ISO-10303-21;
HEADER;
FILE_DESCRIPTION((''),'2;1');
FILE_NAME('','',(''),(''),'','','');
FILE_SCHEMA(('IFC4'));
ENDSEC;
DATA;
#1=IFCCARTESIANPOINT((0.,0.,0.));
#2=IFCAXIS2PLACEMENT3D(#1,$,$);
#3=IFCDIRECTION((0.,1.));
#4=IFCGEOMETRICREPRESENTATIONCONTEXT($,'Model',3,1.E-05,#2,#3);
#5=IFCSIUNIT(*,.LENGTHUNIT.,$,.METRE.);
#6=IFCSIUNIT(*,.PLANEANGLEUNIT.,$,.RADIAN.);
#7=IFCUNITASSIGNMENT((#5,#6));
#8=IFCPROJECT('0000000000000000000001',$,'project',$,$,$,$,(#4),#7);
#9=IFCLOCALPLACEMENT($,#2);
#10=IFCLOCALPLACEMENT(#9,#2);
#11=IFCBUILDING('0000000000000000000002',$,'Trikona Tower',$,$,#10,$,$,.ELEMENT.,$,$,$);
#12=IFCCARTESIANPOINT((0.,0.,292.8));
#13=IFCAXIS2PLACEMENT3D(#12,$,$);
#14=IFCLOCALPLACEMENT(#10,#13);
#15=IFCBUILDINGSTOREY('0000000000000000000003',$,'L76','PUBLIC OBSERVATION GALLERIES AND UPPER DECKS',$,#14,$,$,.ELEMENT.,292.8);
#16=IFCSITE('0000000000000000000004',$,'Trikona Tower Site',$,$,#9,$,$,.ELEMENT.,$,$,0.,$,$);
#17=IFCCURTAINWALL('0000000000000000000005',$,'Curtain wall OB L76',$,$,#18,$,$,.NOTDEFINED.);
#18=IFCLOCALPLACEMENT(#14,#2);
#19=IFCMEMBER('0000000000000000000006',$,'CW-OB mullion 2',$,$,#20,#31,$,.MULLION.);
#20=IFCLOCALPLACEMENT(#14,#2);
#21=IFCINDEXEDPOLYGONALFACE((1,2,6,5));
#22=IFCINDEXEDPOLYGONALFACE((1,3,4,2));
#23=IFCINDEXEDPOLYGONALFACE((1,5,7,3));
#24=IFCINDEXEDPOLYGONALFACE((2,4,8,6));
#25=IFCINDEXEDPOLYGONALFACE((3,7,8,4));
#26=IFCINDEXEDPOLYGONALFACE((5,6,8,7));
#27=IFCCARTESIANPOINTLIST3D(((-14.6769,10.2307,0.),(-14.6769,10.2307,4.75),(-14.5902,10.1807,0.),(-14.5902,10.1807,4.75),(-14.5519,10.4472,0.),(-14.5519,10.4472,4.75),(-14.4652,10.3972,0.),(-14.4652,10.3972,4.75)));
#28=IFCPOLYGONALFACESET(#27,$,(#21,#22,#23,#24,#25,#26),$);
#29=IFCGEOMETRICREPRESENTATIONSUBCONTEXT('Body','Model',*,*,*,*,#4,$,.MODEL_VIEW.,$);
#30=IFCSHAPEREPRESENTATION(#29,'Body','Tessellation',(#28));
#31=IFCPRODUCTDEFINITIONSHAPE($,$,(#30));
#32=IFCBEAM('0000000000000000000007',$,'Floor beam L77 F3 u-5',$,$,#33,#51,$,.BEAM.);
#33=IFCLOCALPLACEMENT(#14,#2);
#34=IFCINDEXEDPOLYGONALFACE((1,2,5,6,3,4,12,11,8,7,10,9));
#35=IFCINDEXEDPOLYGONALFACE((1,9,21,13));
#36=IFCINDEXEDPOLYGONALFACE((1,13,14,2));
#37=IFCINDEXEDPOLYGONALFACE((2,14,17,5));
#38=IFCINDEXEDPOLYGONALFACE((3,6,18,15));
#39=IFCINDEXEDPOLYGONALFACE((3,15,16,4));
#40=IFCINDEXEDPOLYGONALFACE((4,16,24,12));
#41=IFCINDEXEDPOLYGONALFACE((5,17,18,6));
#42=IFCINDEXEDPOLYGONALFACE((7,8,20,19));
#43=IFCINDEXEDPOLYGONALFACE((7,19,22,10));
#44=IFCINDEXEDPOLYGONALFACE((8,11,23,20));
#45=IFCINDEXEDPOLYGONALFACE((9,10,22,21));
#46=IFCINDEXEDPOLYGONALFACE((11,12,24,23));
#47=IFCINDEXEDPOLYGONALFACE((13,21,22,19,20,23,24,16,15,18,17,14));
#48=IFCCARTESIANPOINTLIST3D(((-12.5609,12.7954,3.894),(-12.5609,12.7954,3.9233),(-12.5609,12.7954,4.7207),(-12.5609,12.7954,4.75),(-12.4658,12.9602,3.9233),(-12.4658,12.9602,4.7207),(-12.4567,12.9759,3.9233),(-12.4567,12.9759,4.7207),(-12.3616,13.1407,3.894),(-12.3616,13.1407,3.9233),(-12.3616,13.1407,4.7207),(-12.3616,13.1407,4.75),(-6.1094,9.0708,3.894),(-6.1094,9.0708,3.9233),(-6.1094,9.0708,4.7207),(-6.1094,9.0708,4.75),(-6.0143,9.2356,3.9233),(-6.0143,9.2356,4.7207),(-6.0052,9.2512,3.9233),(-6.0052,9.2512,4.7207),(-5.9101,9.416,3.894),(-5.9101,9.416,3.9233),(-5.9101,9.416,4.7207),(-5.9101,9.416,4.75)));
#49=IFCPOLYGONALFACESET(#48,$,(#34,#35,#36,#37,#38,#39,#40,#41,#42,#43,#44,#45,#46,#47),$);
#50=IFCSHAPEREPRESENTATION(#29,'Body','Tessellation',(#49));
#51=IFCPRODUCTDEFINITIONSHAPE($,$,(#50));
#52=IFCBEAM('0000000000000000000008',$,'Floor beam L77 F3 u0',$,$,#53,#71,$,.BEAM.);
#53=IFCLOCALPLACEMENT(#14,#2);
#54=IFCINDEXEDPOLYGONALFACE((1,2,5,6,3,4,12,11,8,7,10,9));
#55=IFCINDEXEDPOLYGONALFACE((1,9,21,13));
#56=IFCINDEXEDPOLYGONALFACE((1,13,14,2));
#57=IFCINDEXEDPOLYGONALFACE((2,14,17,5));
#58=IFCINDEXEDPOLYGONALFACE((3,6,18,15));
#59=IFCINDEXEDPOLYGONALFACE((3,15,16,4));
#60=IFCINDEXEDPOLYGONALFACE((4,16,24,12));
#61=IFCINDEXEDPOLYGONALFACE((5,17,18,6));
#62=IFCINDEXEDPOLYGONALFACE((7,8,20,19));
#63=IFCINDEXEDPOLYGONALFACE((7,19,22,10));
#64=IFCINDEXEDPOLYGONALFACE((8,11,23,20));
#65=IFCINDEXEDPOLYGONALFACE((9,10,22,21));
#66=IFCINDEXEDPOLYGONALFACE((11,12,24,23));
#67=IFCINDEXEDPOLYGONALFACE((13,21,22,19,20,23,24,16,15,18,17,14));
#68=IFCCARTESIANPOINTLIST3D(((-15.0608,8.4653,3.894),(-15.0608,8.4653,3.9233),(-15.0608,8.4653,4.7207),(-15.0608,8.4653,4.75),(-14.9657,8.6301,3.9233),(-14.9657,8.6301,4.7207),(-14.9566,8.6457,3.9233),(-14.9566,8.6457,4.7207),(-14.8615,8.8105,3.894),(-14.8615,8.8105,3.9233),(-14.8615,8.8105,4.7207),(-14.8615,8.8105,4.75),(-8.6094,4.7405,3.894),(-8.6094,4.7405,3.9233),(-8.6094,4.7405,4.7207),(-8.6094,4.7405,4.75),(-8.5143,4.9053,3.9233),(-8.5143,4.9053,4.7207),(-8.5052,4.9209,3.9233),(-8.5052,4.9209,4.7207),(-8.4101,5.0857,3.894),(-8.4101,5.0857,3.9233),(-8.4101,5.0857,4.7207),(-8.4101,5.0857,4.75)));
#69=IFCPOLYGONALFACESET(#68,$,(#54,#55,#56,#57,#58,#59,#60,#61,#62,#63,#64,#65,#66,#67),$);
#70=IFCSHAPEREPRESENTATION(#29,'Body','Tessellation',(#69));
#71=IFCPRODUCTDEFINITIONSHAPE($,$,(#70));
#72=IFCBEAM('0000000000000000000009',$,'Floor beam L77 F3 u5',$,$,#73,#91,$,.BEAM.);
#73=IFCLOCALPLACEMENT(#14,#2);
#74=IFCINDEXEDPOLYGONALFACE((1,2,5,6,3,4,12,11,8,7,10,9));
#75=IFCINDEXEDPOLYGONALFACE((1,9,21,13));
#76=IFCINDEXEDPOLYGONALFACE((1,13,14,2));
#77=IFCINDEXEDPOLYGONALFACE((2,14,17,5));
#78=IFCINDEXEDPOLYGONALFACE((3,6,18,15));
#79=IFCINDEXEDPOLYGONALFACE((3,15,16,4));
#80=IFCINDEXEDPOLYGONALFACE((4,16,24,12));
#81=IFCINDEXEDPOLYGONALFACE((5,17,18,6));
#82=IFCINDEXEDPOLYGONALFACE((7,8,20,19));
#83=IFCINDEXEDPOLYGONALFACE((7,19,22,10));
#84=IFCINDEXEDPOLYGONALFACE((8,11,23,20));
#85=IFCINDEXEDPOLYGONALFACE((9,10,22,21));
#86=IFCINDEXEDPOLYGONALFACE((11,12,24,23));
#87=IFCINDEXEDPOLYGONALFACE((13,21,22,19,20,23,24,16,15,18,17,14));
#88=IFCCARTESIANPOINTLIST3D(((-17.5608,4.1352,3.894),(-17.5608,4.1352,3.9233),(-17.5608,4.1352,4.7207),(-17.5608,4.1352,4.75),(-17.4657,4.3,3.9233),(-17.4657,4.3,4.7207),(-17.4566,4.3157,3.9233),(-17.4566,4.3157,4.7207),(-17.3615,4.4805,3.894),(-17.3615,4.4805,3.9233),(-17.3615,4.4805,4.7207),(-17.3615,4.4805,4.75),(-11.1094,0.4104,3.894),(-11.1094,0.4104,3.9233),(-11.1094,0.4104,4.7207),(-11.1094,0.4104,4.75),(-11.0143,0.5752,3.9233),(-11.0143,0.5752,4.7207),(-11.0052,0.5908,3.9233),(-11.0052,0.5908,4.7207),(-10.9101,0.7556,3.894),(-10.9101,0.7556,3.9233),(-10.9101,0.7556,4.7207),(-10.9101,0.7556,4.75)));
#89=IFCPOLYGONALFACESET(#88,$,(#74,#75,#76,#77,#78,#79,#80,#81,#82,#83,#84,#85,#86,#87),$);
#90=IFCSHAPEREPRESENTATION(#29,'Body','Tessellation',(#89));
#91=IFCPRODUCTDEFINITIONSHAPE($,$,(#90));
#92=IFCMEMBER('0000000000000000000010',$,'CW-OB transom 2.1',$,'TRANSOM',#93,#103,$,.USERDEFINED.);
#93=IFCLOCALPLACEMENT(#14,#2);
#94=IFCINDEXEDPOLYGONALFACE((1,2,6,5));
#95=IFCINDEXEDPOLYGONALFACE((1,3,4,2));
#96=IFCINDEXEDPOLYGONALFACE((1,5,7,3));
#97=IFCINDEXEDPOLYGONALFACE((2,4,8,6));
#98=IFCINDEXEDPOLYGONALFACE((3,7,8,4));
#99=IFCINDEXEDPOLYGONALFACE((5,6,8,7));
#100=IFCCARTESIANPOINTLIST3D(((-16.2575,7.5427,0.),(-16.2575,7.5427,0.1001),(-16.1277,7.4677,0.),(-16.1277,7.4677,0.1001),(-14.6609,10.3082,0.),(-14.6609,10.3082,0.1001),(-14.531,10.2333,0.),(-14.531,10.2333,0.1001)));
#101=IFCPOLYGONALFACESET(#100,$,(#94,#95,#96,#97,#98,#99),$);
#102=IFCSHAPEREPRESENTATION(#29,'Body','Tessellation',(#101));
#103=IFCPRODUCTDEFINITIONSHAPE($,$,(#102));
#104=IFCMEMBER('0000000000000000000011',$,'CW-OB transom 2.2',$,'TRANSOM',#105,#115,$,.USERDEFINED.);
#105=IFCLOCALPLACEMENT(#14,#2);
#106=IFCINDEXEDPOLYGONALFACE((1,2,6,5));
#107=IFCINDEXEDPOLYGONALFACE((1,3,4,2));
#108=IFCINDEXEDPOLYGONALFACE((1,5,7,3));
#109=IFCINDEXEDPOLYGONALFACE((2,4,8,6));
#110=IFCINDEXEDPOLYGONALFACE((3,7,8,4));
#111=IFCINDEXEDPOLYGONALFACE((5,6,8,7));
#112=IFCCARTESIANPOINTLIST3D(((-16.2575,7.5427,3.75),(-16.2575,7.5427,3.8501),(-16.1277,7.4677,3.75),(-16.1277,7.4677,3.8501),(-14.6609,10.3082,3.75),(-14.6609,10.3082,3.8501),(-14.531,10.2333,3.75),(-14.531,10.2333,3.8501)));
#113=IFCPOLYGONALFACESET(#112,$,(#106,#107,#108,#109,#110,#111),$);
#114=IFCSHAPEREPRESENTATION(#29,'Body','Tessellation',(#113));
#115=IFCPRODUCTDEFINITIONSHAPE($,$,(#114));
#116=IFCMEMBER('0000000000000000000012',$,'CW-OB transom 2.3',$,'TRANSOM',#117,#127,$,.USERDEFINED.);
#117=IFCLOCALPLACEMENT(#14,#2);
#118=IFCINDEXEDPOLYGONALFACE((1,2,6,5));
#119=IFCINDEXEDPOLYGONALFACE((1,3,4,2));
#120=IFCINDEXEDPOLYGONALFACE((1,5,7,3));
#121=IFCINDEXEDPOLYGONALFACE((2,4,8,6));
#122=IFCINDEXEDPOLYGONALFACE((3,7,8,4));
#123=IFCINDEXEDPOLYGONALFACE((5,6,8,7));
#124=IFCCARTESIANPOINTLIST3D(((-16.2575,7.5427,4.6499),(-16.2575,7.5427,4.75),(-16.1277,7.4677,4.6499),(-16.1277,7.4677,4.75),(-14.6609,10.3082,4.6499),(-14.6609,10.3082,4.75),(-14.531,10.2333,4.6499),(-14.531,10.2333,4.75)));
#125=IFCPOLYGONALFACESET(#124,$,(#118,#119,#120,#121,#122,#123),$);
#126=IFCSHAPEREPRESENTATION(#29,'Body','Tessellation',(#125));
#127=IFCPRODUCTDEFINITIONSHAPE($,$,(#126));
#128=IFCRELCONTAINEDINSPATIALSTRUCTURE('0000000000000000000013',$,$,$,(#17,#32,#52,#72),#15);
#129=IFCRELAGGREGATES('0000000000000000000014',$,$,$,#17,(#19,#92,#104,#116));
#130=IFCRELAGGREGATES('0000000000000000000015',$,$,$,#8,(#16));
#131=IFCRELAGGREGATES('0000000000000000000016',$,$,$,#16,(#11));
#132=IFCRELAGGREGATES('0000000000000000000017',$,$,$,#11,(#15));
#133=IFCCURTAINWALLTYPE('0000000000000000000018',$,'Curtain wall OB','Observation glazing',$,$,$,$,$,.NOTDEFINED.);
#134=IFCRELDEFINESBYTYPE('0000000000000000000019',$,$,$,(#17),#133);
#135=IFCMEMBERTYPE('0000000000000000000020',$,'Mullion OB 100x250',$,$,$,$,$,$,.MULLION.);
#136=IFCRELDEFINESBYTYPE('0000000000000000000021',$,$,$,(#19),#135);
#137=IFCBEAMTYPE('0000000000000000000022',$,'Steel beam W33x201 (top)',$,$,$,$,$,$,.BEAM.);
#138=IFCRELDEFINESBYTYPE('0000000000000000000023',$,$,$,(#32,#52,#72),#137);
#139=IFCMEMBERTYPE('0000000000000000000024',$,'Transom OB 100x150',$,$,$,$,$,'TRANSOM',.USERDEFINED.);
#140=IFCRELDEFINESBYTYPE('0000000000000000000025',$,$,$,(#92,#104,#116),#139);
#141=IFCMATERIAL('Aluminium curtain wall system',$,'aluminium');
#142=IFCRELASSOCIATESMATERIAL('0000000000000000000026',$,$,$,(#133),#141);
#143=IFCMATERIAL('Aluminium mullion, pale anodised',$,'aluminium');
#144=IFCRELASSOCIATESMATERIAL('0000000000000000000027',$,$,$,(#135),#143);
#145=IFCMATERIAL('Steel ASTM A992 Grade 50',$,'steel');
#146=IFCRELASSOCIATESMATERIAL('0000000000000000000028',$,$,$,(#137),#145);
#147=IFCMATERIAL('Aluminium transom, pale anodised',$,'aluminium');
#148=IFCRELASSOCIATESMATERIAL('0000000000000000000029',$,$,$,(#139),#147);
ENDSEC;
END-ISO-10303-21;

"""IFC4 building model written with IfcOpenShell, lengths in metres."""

from ifc_helpers import new_model, si_unit, direction, frame, origin, origin_2d, place, context, subcontext, project, spatial, rectangle, i_section, extrude, material, material_profile, profile_set, type_object, element, aggregate, save


model = new_model("IFC4")

# Units and contexts
model_context = context("Model", 3, precision=1e-05, world=origin(), true_north=direction((0.0, 1.0)))
body_context = subcontext(model_context, "Body", "Model", "MODEL_VIEW")
ifc_project = project(units=[si_unit("LENGTHUNIT", "METRE"), si_unit("PLANEANGLEUNIT", "RADIAN")], contexts=[model_context])

# Site, building, storey
site_placement = place(None, origin())
site = spatial("IfcSite", under=ifc_project, at=site_placement, Name="Trikona Tower Site", CompositionType="ELEMENT", RefElevation=0.0)
building_placement = place(site_placement, origin())
building = spatial("IfcBuilding", under=site, at=building_placement, Name="Trikona Tower", CompositionType="ELEMENT")
storey_placement = place(building_placement, frame((0.0, 0.0, 292.8)))
storey = spatial("IfcBuildingStorey", under=building, at=storey_placement, Name="L76", Description="PUBLIC OBSERVATION GALLERIES AND UPPER DECKS", CompositionType="ELEMENT", Elevation=292.8)

# Curtain wall, member
ifc_material_1 = material(Name="Aluminium curtain wall system", Category="aluminium")
curtain_wall_type = type_object("IfcCurtainWallType", Name="Curtain wall OB", Description="Observation glazing", PredefinedType="NOTDEFINED", material=ifc_material_1)
curtain_wall_placement = place(storey_placement, origin())
curtain_wall = element("IfcCurtainWall", 1, at=curtain_wall_placement, inside=storey, type_object=curtain_wall_type, Name="Curtain wall OB L76", PredefinedType="NOTDEFINED")
ifc_material_2 = material(Name="Aluminium mullion, pale anodised", Category="aluminium")
ifc_material_profile_1 = material_profile(ifc_material_2, rectangle(XDim=0.1001, YDim=0.25, at=origin_2d()), Name="MUL-OB")
ifc_profile_set_1 = profile_set([ifc_material_profile_1], Name="Aluminium mullion, pale anodised")
member_type_1 = type_object("IfcMemberType", Name="Mullion OB 100x250", PredefinedType="MULLION", material=ifc_profile_set_1)
member_1_placement = place(storey_placement, frame((-14.571, 10.314, 0.0), z_axis=(0.0, 0.0, 1.0), x_axis=(0.866022, -0.500006, 0.0)))
member_1 = element("IfcMember", 2, at=member_1_placement, type_object=member_type_1, Name="CW-OB mullion 2", PredefinedType="MULLION", context=body_context, shape_type="SweptSolid", body=[
    extrude(rectangle(XDim=0.1001, YDim=0.25, at=origin_2d()), origin(), (0.0, 0.0, 1.0), 4.75),
])

# Beams
ifc_material_3 = material(Name="Steel ASTM A992 Grade 50", Category="steel")
ifc_material_profile_2 = material_profile(ifc_material_3, i_section(OverallWidth=0.3987, OverallDepth=0.856, WebThickness=0.0181, FlangeThickness=0.0293, at=origin_2d()), Name="W33X201")
ifc_profile_set_2 = profile_set([ifc_material_profile_2], Name="Steel ASTM A992 Grade 50")
beam_type = type_object("IfcBeamType", Name="Steel beam W33x201 (top)", PredefinedType="BEAM", material=ifc_profile_set_2)
for number, where, z_axis, x_axis, name in (
    (3, (-6.0098, 9.2434, 4.322), (-0.866032, 0.499988, 0.0), (-0.499988, -0.866032, 0.0), "Floor beam L77 F3 u-5"),
    (4, (-8.5098, 4.9131, 4.322), (-0.866018, 0.500013, 0.0), (-0.500013, -0.866018, 0.0), "Floor beam L77 F3 u0"),
    (5, (-11.0098, 0.583, 4.322), (-0.866018, 0.500013, 0.0), (-0.500013, -0.866018, 0.0), "Floor beam L77 F3 u5"),
):
    element("IfcBeam", number, at=place(storey_placement, frame(where, z_axis=z_axis, x_axis=x_axis)), inside=storey, type_object=beam_type, Name=name, PredefinedType="BEAM", context=body_context, shape_type="SweptSolid", body=[
        extrude(i_section(OverallWidth=0.3987, OverallDepth=0.856, WebThickness=0.0181, FlangeThickness=0.0293, at=origin_2d()), origin(), (0.0, 0.0, 1.0), 7.4495),
    ])

# Members
ifc_material_4 = material(Name="Aluminium transom, pale anodised", Category="aluminium")
ifc_material_profile_3 = material_profile(ifc_material_4, rectangle(XDim=0.1499, YDim=0.1001, at=origin_2d()), Name="TRN-OB")
ifc_profile_set_3 = profile_set([ifc_material_profile_3], Name="Aluminium transom, pale anodised")
member_type_2 = type_object("IfcMemberType", Name="Transom OB 100x150", ElementType="TRANSOM", PredefinedType="USERDEFINED", material=ifc_profile_set_3)
member_2_placement = place(storey_placement, frame((-14.5959, 10.2708, 0.05), z_axis=(-0.499987, -0.866033, 0.0), x_axis=(0.866033, -0.499987, 0.0)))
member_2 = element("IfcMember", 6, at=member_2_placement, type_object=member_type_2, Name="CW-OB transom 2.1", ObjectType="TRANSOM", PredefinedType="USERDEFINED", context=body_context, shape_type="SweptSolid", body=[
    extrude(rectangle(XDim=0.1499, YDim=0.1001, at=origin_2d()), origin(), (0.0, 0.0, 1.0), 3.1934),
])
member_3_placement = place(storey_placement, frame((-14.5959, 10.2708, 3.8), z_axis=(-0.499987, -0.866033, 0.0), x_axis=(0.866033, -0.499987, 0.0)))
member_3 = element("IfcMember", 7, at=member_3_placement, type_object=member_type_2, Name="CW-OB transom 2.2", ObjectType="TRANSOM", PredefinedType="USERDEFINED", context=body_context, shape_type="SweptSolid", body=[
    extrude(rectangle(XDim=0.1499, YDim=0.1001, at=origin_2d()), origin(), (0.0, 0.0, 1.0), 3.1934),
])
member_4_placement = place(storey_placement, frame((-14.5959, 10.2708, 4.7), z_axis=(-0.499987, -0.866033, 0.0), x_axis=(0.866033, -0.499987, 0.0)))
member_4 = element("IfcMember", 8, at=member_4_placement, type_object=member_type_2, Name="CW-OB transom 2.3", ObjectType="TRANSOM", PredefinedType="USERDEFINED", context=body_context, shape_type="SweptSolid", body=[
    extrude(rectangle(XDim=0.1499, YDim=0.1001, at=origin_2d()), origin(), (0.0, 0.0, 1.0), 3.1934),
])
aggregate(curtain_wall, [member_1, member_2, member_3, member_4])

save(model, "model.ifc")
